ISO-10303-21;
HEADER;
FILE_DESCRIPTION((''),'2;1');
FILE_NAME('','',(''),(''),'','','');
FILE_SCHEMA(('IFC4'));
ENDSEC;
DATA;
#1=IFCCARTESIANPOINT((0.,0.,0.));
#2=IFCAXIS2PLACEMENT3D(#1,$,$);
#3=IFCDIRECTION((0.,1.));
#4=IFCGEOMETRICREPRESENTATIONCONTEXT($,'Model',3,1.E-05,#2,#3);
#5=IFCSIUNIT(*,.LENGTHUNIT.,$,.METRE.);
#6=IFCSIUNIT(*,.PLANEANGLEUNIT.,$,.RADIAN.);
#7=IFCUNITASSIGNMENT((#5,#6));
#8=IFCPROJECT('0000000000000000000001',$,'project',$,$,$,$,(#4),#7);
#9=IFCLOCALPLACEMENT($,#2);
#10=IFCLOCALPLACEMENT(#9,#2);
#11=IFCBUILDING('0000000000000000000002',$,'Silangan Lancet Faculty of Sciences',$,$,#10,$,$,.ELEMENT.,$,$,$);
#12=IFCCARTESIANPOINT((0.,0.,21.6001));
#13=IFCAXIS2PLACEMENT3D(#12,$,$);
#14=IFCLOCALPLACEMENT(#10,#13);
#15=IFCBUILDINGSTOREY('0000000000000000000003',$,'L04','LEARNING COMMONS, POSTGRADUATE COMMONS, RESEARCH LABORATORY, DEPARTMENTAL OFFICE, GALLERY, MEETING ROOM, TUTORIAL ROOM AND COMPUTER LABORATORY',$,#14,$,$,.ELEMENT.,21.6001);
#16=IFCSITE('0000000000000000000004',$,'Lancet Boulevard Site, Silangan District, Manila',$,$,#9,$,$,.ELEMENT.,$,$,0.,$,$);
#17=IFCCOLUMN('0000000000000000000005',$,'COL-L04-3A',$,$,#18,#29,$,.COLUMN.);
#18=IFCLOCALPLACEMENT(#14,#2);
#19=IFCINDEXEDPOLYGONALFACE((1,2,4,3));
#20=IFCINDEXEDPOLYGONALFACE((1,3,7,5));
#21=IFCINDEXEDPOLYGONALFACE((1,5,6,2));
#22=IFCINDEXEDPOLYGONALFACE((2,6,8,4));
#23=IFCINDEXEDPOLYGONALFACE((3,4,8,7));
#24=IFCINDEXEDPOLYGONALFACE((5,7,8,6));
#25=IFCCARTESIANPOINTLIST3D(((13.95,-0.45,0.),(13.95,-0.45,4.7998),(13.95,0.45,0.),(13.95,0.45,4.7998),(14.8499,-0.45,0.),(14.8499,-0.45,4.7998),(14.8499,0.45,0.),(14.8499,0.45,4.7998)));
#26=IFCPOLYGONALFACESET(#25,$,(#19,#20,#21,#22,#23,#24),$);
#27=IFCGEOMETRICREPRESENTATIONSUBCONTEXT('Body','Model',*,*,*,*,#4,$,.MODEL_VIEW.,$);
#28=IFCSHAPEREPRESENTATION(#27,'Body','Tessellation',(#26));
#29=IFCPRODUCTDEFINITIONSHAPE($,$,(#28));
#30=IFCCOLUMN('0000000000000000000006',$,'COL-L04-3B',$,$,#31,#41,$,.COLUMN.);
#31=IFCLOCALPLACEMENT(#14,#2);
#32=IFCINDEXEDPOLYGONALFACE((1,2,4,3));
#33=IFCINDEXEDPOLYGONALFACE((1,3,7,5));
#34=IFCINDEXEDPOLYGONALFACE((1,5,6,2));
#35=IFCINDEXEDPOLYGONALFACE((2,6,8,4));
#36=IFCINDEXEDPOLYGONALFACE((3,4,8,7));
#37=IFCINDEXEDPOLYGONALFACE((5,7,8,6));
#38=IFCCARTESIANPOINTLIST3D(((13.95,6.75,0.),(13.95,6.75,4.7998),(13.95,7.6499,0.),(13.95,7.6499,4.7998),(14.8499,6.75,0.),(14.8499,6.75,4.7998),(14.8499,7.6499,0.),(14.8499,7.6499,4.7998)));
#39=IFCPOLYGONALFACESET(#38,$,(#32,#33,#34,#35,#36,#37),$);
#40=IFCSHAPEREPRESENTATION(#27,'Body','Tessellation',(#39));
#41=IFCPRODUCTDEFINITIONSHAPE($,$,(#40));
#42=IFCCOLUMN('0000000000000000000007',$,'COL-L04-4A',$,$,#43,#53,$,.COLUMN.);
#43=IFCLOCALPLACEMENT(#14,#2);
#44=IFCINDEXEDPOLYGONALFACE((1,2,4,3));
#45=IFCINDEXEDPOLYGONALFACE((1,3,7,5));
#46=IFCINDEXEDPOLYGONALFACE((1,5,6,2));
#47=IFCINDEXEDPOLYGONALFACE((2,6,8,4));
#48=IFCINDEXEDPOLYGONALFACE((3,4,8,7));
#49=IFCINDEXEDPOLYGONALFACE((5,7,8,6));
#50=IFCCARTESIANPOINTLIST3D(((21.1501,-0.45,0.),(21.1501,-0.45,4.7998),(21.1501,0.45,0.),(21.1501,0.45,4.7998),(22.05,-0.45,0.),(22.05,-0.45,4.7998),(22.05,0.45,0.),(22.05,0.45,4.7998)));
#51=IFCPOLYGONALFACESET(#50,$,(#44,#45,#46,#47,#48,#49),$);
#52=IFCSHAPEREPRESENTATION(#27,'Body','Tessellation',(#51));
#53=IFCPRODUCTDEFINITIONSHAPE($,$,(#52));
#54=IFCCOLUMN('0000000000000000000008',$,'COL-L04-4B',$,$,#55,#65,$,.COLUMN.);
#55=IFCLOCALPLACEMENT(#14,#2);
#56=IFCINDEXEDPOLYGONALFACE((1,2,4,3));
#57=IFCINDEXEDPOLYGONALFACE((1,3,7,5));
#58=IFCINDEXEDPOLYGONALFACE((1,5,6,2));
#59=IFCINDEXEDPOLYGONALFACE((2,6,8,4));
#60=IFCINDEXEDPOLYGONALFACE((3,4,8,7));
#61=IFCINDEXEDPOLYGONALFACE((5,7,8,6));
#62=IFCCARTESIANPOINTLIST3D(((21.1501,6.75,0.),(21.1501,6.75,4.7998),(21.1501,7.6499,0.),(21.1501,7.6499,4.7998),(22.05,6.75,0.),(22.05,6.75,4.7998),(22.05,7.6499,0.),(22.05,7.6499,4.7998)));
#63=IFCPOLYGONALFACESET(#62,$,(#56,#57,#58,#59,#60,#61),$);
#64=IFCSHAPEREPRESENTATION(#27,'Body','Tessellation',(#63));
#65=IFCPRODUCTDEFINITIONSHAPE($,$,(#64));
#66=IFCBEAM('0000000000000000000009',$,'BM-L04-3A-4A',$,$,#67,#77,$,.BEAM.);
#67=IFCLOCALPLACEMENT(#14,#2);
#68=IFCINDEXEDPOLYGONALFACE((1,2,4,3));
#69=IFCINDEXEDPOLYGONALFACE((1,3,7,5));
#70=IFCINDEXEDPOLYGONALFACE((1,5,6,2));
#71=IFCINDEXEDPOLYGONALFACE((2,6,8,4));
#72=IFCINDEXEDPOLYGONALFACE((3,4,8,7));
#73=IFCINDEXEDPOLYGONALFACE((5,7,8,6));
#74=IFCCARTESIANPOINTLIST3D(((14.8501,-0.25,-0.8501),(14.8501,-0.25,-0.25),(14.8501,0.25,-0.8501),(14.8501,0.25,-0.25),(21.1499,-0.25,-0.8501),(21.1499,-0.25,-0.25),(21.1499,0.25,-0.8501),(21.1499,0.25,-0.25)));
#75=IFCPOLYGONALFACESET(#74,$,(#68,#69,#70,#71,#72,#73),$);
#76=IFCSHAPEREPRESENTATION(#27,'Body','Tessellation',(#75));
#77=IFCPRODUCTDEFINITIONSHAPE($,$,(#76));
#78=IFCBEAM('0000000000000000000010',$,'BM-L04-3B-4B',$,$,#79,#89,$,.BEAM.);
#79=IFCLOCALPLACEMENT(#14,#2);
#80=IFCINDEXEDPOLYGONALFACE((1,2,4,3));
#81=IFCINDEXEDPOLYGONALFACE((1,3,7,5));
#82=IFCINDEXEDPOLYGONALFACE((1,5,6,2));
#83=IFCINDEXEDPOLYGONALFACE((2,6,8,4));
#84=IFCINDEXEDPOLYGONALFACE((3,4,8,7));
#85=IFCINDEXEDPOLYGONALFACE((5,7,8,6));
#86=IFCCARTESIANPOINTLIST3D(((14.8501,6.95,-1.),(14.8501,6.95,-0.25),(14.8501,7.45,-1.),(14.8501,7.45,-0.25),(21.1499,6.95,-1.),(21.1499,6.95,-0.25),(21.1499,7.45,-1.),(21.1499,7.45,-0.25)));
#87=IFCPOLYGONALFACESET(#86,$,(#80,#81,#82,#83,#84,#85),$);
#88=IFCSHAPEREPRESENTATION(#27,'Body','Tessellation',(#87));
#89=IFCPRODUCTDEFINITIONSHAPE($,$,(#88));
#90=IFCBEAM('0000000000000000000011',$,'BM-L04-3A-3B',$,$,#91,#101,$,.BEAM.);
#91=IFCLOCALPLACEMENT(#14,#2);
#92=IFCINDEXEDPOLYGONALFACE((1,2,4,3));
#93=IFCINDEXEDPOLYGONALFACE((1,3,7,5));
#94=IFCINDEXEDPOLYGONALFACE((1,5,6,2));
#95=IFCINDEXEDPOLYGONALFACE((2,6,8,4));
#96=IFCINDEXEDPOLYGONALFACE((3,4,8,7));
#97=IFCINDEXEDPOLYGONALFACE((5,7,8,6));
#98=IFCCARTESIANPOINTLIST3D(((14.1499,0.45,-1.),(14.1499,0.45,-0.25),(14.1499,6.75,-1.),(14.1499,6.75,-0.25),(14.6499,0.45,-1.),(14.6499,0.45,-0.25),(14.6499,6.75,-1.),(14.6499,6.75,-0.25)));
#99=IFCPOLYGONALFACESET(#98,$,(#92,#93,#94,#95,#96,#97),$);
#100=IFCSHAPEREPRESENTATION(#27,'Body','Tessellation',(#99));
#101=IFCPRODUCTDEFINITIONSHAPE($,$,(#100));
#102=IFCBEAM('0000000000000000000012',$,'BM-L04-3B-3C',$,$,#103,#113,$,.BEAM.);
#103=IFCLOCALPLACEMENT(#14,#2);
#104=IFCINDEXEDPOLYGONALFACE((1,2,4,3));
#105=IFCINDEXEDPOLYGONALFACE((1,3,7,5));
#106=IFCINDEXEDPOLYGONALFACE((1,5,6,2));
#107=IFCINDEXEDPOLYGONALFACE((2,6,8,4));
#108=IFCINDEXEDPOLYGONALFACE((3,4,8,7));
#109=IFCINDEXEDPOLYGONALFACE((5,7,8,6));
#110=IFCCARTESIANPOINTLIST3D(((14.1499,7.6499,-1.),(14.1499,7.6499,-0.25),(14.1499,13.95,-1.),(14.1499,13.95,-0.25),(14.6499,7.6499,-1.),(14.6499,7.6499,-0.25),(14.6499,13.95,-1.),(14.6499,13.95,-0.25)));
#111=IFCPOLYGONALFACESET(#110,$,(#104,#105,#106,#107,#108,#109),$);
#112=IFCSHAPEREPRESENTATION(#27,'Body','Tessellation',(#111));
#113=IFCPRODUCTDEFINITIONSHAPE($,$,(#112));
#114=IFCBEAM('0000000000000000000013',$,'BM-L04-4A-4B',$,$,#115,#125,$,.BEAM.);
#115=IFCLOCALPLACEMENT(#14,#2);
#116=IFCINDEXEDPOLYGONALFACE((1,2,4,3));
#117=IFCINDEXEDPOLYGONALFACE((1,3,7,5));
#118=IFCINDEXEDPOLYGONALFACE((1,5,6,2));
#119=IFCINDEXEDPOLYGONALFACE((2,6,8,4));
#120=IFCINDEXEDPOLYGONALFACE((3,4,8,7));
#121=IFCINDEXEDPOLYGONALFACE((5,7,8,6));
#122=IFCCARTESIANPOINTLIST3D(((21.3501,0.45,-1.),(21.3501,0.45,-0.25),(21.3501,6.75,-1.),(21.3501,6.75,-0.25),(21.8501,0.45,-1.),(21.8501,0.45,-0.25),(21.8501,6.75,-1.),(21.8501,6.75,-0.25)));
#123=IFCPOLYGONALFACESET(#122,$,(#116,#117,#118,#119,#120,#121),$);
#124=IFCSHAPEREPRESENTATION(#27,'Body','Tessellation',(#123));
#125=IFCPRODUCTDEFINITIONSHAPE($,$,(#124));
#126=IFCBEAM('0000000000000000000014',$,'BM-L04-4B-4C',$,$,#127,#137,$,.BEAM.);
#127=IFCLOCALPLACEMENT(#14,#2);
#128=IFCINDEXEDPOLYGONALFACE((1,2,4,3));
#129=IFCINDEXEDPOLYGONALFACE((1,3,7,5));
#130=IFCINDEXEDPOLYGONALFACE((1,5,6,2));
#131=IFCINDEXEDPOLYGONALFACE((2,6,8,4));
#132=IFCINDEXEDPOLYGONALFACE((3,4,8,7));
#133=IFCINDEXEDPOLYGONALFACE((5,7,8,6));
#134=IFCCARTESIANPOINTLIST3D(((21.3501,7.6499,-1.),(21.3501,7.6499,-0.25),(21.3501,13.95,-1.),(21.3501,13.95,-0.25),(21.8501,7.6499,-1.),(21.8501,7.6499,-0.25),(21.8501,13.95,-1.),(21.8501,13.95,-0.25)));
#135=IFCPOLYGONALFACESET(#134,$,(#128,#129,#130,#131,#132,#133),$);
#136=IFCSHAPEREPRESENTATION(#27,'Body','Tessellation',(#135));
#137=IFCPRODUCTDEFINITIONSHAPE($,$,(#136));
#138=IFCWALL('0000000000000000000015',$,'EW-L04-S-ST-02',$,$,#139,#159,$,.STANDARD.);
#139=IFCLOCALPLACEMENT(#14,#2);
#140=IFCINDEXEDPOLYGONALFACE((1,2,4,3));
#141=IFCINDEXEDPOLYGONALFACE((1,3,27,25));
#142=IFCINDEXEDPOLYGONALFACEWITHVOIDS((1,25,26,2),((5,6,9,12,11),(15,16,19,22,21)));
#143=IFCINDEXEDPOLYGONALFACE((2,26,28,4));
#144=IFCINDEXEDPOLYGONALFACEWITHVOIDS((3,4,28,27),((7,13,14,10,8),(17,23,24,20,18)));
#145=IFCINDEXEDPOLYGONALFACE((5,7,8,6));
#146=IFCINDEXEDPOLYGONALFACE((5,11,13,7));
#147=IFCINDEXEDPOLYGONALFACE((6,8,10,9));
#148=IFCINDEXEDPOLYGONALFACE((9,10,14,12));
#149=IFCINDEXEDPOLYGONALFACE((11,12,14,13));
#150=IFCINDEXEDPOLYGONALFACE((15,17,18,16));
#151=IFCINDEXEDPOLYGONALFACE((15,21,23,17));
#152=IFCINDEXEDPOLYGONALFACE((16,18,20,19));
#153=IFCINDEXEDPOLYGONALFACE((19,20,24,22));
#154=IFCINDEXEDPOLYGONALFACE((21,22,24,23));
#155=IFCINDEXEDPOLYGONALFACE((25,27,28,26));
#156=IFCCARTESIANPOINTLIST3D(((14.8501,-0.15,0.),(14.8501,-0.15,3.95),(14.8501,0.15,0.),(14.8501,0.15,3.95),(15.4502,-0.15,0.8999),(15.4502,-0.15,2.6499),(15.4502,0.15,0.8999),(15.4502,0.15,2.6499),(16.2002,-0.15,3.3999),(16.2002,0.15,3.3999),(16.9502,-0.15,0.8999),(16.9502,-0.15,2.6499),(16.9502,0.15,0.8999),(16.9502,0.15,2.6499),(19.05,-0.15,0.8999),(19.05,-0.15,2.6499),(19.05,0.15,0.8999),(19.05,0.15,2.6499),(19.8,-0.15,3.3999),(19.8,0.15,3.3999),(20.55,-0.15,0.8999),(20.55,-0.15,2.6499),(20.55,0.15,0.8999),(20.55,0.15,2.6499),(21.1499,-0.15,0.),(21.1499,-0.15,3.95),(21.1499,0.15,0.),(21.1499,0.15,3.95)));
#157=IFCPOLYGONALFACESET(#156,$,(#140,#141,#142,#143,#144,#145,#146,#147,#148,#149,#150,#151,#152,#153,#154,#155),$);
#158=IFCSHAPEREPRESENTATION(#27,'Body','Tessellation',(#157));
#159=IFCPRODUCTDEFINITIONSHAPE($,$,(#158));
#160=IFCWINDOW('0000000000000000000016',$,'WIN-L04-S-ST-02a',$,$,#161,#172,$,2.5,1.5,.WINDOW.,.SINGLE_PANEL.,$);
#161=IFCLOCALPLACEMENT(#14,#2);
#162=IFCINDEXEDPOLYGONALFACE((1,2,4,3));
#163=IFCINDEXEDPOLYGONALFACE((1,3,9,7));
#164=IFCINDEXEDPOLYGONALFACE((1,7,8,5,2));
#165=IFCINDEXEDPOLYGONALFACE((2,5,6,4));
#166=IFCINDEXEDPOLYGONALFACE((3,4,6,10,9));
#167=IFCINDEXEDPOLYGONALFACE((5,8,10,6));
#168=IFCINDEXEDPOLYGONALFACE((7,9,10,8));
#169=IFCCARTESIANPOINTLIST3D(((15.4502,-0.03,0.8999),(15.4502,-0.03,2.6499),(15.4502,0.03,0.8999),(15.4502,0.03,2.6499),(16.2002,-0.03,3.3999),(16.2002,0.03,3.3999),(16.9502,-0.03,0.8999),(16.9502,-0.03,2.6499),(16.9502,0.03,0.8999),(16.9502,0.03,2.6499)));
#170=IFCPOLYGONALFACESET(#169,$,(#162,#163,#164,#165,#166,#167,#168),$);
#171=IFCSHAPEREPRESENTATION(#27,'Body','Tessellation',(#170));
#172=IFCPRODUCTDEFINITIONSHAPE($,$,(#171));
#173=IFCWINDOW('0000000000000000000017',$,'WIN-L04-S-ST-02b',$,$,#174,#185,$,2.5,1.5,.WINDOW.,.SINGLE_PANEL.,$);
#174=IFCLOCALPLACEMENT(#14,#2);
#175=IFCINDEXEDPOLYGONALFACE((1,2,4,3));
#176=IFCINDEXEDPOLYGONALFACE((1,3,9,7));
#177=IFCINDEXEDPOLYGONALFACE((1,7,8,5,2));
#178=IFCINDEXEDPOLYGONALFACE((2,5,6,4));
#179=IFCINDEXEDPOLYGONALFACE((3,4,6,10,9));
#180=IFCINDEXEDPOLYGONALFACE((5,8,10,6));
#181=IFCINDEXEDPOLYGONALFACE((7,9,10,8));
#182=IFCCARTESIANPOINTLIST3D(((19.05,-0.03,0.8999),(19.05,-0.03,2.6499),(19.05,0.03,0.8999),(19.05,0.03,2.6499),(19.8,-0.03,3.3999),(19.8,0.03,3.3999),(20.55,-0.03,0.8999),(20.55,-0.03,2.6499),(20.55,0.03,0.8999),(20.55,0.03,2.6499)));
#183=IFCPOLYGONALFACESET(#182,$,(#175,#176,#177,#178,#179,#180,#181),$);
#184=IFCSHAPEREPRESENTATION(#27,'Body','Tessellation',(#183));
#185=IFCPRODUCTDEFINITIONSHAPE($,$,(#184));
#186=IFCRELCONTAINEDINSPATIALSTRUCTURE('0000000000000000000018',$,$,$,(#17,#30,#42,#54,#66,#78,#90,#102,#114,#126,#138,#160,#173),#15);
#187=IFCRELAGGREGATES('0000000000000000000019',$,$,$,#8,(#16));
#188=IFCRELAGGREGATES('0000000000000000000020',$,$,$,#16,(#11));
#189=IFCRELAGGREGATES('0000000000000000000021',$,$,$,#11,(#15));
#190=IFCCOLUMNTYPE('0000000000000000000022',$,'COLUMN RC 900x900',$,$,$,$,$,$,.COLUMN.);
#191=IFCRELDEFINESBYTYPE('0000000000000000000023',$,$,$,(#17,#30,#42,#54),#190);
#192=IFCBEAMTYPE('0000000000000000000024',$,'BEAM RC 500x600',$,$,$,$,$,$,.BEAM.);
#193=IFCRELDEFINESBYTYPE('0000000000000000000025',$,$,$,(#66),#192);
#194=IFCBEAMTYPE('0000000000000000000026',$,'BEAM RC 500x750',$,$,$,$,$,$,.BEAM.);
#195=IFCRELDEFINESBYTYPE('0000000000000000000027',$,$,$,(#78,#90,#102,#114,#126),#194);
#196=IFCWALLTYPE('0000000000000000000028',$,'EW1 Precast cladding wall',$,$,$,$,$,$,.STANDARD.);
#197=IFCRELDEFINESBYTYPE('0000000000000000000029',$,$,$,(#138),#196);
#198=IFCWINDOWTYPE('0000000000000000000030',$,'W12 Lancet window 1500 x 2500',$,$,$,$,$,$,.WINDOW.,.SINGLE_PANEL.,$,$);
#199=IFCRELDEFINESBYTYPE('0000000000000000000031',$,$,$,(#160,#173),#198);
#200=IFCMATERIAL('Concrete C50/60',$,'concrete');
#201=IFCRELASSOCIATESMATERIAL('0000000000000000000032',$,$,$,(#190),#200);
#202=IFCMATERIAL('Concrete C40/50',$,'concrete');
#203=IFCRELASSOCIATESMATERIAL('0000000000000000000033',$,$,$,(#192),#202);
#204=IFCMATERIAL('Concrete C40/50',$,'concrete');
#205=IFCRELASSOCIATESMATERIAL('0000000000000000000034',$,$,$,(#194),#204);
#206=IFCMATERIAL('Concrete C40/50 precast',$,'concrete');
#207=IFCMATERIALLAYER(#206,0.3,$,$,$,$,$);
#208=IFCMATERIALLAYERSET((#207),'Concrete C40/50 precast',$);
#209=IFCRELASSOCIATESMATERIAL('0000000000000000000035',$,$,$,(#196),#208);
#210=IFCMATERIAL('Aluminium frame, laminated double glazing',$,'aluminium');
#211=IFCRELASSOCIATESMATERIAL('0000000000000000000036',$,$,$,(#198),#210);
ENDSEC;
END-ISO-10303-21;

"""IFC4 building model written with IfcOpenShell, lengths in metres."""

from ifc_helpers import new_model, si_unit, direction, frame, frame_2d, origin, origin_2d, place, context, subcontext, project, spatial, polyline, rectangle, outline, extrude, material, layer, layer_set, material_profile, profile_set, type_object, element, fill, save


model = new_model("IFC4")

# Units and contexts
model_context = context("Model", 3, precision=1e-05, world=origin(), true_north=direction((0.0, 1.0)))
body_context = subcontext(model_context, "Body", "Model", "MODEL_VIEW")
ifc_project = project(units=[si_unit("LENGTHUNIT", "METRE"), si_unit("PLANEANGLEUNIT", "RADIAN")], contexts=[model_context])

# Site, building, storey
site_placement = place(None, origin())
site = spatial("IfcSite", under=ifc_project, at=site_placement, Name="Lancet Boulevard Site, Silangan District, Manila", CompositionType="ELEMENT", RefElevation=0.0)
building_placement = place(site_placement, origin())
building = spatial("IfcBuilding", under=site, at=building_placement, Name="Silangan Lancet Faculty of Sciences", CompositionType="ELEMENT")
storey_placement = place(building_placement, frame((0.0, 0.0, 21.6001)))
storey = spatial("IfcBuildingStorey", under=building, at=storey_placement, Name="L04", Description="LEARNING COMMONS, POSTGRADUATE COMMONS, RESEARCH LABORATORY, DEPARTMENTAL OFFICE, GALLERY, MEETING ROOM, TUTORIAL ROOM AND COMPUTER LABORATORY", CompositionType="ELEMENT", Elevation=21.6001)

# Columns
ifc_material_1 = material(Name="Concrete C50/60", Category="concrete")
ifc_material_profile_1 = material_profile(ifc_material_1, rectangle(XDim=0.8999, YDim=0.8999, at=origin_2d()), Name="RC 900x900")
ifc_profile_set_1 = profile_set([ifc_material_profile_1], Name="Concrete C50/60")
column_type = type_object("IfcColumnType", Name="COLUMN RC 900x900", PredefinedType="COLUMN", material=ifc_profile_set_1)
for number, where, z_axis, x_axis, name in (
    (1, (14.3999, 0.0, 0.0), (0.0, 0.0, 1.0), (1.0, 0.0, 0.0), "COL-L04-3A"),
    (2, (14.3999, 7.2, 0.0), (0.0, 0.0, 1.0), (1.0, 0.0, 0.0), "COL-L04-3B"),
    (3, (21.6001, 0.0, 0.0), (0.0, 0.0, 1.0), (1.0, 0.0, 0.0), "COL-L04-4A"),
    (4, (21.6001, 7.2, 0.0), (0.0, 0.0, 1.0), (1.0, 0.0, 0.0), "COL-L04-4B"),
):
    element("IfcColumn", number, at=place(storey_placement, frame(where, z_axis=z_axis, x_axis=x_axis)), inside=storey, type_object=column_type, Name=name, PredefinedType="COLUMN", context=body_context, shape_type="SweptSolid", body=[
        extrude(rectangle(XDim=0.8999, YDim=0.8999, at=origin_2d()), origin(), (0.0, 0.0, 1.0), 4.7998),
    ])

# Beams
ifc_material_2 = material(Name="Concrete C40/50", Category="concrete")
ifc_material_profile_2 = material_profile(ifc_material_2, rectangle(XDim=0.5, YDim=0.6001, at=origin_2d()), Name="RC 500x600")
ifc_profile_set_2 = profile_set([ifc_material_profile_2], Name="Concrete C40/50")
beam_type_1 = type_object("IfcBeamType", Name="BEAM RC 500x600", PredefinedType="BEAM", material=ifc_profile_set_2)
beam_1_placement = place(storey_placement, frame((14.8501, 0.0, -0.55), z_axis=(1.0, 0.0, 0.0), x_axis=(0.0, 1.0, 0.0)))
element("IfcBeam", 5, at=beam_1_placement, inside=storey, type_object=beam_type_1, Name="BM-L04-3A-4A", PredefinedType="BEAM", context=body_context, shape_type="SweptSolid", body=[
    extrude(rectangle(XDim=0.5, YDim=0.6001, at=origin_2d()), origin(), (0.0, 0.0, 1.0), 6.2998),
])
ifc_material_3 = material(Name="Concrete C40/50", Category="concrete")
ifc_material_profile_3 = material_profile(ifc_material_3, rectangle(XDim=0.5, YDim=0.75, at=origin_2d()), Name="RC 500x750")
ifc_profile_set_3 = profile_set([ifc_material_profile_3], Name="Concrete C40/50")
beam_type_2 = type_object("IfcBeamType", Name="BEAM RC 500x750", PredefinedType="BEAM", material=ifc_profile_set_3)
beam_2_placement = place(storey_placement, frame((14.8501, 7.2, -0.625), z_axis=(1.0, 0.0, 0.0), x_axis=(0.0, 1.0, 0.0)))
element("IfcBeam", 6, at=beam_2_placement, inside=storey, type_object=beam_type_2, Name="BM-L04-3B-4B", PredefinedType="BEAM", context=body_context, shape_type="SweptSolid", body=[
    extrude(rectangle(XDim=0.5, YDim=0.75, at=origin_2d()), origin(), (0.0, 0.0, 1.0), 6.2998),
])
for number, where, z_axis, x_axis, name in (
    (7, (14.3999, 0.45, -0.625), (0.0, 1.0, 0.0), (-1.0, 0.0, 0.0), "BM-L04-3A-3B"),
    (8, (14.3999, 7.6499, -0.625), (0.0, 1.0, 0.0), (-1.0, 0.0, 0.0), "BM-L04-3B-3C"),
    (9, (21.6001, 0.45, -0.625), (0.0, 1.0, 0.0), (-1.0, 0.0, 0.0), "BM-L04-4A-4B"),
    (10, (21.6001, 7.6499, -0.625), (0.0, 1.0, 0.0), (-1.0, 0.0, 0.0), "BM-L04-4B-4C"),
):
    element("IfcBeam", number, at=place(storey_placement, frame(where, z_axis=z_axis, x_axis=x_axis)), inside=storey, type_object=beam_type_2, Name=name, PredefinedType="BEAM", context=body_context, shape_type="SweptSolid", body=[
        extrude(rectangle(XDim=0.5, YDim=0.75, at=origin_2d()), origin(), (0.0, 0.0, 1.0), 6.3),
    ])

# Wall, openings, windows
ifc_material_4 = material(Name="Concrete C40/50 precast", Category="concrete")
ifc_layer_1 = layer(ifc_material_4, 0.3)
ifc_layer_set_1 = layer_set([ifc_layer_1], Name="Concrete C40/50 precast")
wall_type_1 = type_object("IfcWallType", Name="EW1 Precast cladding wall", PredefinedType="STANDARD", material=ifc_layer_set_1)
wall_1_placement = place(storey_placement, frame((14.8501, 0.0, 0.0), z_axis=(0.0, 0.0, 1.0), x_axis=(1.0, 0.0, 0.0)))
wall_1 = element("IfcWall", 11, at=wall_1_placement, inside=storey, type_object=wall_type_1, Name="EW-L04-S-ST-02", PredefinedType="STANDARD", context=body_context, shape_type="SweptSolid", body=[
    extrude(rectangle(XDim=6.2998, YDim=0.3, at=frame_2d((3.1499, 0.0))), origin(), (0.0, 0.0, 1.0), 3.95),
])
opening_1_placement = place(wall_1_placement, frame((0.6001, 0.0, 0.8999)))
opening_1 = element("IfcOpeningElement", 12, at=opening_1_placement, cuts=wall_1, PredefinedType="OPENING", context=body_context, shape_type="SweptSolid", body=[
    extrude(outline(polyline([(0.0, 0.0), (1.5, 0.0), (1.5, 1.75), (0.75, 2.5), (0.0, 1.75), (0.0, 0.0)])), frame((0.0, 0.1599, 0.0), z_axis=(0.0, -1.0, 0.0), x_axis=(1.0, 0.0, 0.0)), (0.0, 0.0, 1.0), 0.3201),
])
opening_2_placement = place(wall_1_placement, frame((4.2, 0.0, 0.8999)))
opening_2 = element("IfcOpeningElement", 13, at=opening_2_placement, cuts=wall_1, PredefinedType="OPENING", context=body_context, shape_type="SweptSolid", body=[
    extrude(outline(polyline([(0.0, 0.0), (1.5, 0.0), (1.5, 1.75), (0.75, 2.5), (0.0, 1.75), (0.0, 0.0)])), frame((0.0, 0.1599, 0.0), z_axis=(0.0, -1.0, 0.0), x_axis=(1.0, 0.0, 0.0)), (0.0, 0.0, 1.0), 0.3201),
])
ifc_material_5 = material(Name="Aluminium frame, laminated double glazing", Category="aluminium")
window_type = type_object("IfcWindowType", Name="W12 Lancet window 1500 x 2500", PartitioningType="SINGLE_PANEL", PredefinedType="WINDOW", material=ifc_material_5)
window_1_placement = place(opening_1_placement, origin())
window_1 = element("IfcWindow", 14, at=window_1_placement, inside=storey, type_object=window_type, Name="WIN-L04-S-ST-02a", OverallHeight=2.5, OverallWidth=1.5, PartitioningType="SINGLE_PANEL", PredefinedType="WINDOW", context=body_context, shape_type="SweptSolid", body=[
    extrude(outline(polyline([(0.0, 0.0), (1.5, 0.0), (1.5, 1.75), (0.75, 2.5), (0.0, 1.75), (0.0, 0.0)])), frame((0.0, 0.03, 0.0), z_axis=(0.0, -1.0, 0.0), x_axis=(1.0, 0.0, 0.0)), (0.0, 0.0, 1.0), 0.0601),
])
fill(opening_1, window_1)
window_2_placement = place(opening_2_placement, origin())
window_2 = element("IfcWindow", 15, at=window_2_placement, inside=storey, type_object=window_type, Name="WIN-L04-S-ST-02b", OverallHeight=2.5, OverallWidth=1.5, PartitioningType="SINGLE_PANEL", PredefinedType="WINDOW", context=body_context, shape_type="SweptSolid", body=[
    extrude(outline(polyline([(0.0, 0.0), (1.5, 0.0), (1.5, 1.75), (0.75, 2.5), (0.0, 1.75), (0.0, 0.0)])), frame((0.0, 0.03, 0.0), z_axis=(0.0, -1.0, 0.0), x_axis=(1.0, 0.0, 0.0)), (0.0, 0.0, 1.0), 0.0601),
])
fill(opening_2, window_2)

save(model, "model.ifc")
